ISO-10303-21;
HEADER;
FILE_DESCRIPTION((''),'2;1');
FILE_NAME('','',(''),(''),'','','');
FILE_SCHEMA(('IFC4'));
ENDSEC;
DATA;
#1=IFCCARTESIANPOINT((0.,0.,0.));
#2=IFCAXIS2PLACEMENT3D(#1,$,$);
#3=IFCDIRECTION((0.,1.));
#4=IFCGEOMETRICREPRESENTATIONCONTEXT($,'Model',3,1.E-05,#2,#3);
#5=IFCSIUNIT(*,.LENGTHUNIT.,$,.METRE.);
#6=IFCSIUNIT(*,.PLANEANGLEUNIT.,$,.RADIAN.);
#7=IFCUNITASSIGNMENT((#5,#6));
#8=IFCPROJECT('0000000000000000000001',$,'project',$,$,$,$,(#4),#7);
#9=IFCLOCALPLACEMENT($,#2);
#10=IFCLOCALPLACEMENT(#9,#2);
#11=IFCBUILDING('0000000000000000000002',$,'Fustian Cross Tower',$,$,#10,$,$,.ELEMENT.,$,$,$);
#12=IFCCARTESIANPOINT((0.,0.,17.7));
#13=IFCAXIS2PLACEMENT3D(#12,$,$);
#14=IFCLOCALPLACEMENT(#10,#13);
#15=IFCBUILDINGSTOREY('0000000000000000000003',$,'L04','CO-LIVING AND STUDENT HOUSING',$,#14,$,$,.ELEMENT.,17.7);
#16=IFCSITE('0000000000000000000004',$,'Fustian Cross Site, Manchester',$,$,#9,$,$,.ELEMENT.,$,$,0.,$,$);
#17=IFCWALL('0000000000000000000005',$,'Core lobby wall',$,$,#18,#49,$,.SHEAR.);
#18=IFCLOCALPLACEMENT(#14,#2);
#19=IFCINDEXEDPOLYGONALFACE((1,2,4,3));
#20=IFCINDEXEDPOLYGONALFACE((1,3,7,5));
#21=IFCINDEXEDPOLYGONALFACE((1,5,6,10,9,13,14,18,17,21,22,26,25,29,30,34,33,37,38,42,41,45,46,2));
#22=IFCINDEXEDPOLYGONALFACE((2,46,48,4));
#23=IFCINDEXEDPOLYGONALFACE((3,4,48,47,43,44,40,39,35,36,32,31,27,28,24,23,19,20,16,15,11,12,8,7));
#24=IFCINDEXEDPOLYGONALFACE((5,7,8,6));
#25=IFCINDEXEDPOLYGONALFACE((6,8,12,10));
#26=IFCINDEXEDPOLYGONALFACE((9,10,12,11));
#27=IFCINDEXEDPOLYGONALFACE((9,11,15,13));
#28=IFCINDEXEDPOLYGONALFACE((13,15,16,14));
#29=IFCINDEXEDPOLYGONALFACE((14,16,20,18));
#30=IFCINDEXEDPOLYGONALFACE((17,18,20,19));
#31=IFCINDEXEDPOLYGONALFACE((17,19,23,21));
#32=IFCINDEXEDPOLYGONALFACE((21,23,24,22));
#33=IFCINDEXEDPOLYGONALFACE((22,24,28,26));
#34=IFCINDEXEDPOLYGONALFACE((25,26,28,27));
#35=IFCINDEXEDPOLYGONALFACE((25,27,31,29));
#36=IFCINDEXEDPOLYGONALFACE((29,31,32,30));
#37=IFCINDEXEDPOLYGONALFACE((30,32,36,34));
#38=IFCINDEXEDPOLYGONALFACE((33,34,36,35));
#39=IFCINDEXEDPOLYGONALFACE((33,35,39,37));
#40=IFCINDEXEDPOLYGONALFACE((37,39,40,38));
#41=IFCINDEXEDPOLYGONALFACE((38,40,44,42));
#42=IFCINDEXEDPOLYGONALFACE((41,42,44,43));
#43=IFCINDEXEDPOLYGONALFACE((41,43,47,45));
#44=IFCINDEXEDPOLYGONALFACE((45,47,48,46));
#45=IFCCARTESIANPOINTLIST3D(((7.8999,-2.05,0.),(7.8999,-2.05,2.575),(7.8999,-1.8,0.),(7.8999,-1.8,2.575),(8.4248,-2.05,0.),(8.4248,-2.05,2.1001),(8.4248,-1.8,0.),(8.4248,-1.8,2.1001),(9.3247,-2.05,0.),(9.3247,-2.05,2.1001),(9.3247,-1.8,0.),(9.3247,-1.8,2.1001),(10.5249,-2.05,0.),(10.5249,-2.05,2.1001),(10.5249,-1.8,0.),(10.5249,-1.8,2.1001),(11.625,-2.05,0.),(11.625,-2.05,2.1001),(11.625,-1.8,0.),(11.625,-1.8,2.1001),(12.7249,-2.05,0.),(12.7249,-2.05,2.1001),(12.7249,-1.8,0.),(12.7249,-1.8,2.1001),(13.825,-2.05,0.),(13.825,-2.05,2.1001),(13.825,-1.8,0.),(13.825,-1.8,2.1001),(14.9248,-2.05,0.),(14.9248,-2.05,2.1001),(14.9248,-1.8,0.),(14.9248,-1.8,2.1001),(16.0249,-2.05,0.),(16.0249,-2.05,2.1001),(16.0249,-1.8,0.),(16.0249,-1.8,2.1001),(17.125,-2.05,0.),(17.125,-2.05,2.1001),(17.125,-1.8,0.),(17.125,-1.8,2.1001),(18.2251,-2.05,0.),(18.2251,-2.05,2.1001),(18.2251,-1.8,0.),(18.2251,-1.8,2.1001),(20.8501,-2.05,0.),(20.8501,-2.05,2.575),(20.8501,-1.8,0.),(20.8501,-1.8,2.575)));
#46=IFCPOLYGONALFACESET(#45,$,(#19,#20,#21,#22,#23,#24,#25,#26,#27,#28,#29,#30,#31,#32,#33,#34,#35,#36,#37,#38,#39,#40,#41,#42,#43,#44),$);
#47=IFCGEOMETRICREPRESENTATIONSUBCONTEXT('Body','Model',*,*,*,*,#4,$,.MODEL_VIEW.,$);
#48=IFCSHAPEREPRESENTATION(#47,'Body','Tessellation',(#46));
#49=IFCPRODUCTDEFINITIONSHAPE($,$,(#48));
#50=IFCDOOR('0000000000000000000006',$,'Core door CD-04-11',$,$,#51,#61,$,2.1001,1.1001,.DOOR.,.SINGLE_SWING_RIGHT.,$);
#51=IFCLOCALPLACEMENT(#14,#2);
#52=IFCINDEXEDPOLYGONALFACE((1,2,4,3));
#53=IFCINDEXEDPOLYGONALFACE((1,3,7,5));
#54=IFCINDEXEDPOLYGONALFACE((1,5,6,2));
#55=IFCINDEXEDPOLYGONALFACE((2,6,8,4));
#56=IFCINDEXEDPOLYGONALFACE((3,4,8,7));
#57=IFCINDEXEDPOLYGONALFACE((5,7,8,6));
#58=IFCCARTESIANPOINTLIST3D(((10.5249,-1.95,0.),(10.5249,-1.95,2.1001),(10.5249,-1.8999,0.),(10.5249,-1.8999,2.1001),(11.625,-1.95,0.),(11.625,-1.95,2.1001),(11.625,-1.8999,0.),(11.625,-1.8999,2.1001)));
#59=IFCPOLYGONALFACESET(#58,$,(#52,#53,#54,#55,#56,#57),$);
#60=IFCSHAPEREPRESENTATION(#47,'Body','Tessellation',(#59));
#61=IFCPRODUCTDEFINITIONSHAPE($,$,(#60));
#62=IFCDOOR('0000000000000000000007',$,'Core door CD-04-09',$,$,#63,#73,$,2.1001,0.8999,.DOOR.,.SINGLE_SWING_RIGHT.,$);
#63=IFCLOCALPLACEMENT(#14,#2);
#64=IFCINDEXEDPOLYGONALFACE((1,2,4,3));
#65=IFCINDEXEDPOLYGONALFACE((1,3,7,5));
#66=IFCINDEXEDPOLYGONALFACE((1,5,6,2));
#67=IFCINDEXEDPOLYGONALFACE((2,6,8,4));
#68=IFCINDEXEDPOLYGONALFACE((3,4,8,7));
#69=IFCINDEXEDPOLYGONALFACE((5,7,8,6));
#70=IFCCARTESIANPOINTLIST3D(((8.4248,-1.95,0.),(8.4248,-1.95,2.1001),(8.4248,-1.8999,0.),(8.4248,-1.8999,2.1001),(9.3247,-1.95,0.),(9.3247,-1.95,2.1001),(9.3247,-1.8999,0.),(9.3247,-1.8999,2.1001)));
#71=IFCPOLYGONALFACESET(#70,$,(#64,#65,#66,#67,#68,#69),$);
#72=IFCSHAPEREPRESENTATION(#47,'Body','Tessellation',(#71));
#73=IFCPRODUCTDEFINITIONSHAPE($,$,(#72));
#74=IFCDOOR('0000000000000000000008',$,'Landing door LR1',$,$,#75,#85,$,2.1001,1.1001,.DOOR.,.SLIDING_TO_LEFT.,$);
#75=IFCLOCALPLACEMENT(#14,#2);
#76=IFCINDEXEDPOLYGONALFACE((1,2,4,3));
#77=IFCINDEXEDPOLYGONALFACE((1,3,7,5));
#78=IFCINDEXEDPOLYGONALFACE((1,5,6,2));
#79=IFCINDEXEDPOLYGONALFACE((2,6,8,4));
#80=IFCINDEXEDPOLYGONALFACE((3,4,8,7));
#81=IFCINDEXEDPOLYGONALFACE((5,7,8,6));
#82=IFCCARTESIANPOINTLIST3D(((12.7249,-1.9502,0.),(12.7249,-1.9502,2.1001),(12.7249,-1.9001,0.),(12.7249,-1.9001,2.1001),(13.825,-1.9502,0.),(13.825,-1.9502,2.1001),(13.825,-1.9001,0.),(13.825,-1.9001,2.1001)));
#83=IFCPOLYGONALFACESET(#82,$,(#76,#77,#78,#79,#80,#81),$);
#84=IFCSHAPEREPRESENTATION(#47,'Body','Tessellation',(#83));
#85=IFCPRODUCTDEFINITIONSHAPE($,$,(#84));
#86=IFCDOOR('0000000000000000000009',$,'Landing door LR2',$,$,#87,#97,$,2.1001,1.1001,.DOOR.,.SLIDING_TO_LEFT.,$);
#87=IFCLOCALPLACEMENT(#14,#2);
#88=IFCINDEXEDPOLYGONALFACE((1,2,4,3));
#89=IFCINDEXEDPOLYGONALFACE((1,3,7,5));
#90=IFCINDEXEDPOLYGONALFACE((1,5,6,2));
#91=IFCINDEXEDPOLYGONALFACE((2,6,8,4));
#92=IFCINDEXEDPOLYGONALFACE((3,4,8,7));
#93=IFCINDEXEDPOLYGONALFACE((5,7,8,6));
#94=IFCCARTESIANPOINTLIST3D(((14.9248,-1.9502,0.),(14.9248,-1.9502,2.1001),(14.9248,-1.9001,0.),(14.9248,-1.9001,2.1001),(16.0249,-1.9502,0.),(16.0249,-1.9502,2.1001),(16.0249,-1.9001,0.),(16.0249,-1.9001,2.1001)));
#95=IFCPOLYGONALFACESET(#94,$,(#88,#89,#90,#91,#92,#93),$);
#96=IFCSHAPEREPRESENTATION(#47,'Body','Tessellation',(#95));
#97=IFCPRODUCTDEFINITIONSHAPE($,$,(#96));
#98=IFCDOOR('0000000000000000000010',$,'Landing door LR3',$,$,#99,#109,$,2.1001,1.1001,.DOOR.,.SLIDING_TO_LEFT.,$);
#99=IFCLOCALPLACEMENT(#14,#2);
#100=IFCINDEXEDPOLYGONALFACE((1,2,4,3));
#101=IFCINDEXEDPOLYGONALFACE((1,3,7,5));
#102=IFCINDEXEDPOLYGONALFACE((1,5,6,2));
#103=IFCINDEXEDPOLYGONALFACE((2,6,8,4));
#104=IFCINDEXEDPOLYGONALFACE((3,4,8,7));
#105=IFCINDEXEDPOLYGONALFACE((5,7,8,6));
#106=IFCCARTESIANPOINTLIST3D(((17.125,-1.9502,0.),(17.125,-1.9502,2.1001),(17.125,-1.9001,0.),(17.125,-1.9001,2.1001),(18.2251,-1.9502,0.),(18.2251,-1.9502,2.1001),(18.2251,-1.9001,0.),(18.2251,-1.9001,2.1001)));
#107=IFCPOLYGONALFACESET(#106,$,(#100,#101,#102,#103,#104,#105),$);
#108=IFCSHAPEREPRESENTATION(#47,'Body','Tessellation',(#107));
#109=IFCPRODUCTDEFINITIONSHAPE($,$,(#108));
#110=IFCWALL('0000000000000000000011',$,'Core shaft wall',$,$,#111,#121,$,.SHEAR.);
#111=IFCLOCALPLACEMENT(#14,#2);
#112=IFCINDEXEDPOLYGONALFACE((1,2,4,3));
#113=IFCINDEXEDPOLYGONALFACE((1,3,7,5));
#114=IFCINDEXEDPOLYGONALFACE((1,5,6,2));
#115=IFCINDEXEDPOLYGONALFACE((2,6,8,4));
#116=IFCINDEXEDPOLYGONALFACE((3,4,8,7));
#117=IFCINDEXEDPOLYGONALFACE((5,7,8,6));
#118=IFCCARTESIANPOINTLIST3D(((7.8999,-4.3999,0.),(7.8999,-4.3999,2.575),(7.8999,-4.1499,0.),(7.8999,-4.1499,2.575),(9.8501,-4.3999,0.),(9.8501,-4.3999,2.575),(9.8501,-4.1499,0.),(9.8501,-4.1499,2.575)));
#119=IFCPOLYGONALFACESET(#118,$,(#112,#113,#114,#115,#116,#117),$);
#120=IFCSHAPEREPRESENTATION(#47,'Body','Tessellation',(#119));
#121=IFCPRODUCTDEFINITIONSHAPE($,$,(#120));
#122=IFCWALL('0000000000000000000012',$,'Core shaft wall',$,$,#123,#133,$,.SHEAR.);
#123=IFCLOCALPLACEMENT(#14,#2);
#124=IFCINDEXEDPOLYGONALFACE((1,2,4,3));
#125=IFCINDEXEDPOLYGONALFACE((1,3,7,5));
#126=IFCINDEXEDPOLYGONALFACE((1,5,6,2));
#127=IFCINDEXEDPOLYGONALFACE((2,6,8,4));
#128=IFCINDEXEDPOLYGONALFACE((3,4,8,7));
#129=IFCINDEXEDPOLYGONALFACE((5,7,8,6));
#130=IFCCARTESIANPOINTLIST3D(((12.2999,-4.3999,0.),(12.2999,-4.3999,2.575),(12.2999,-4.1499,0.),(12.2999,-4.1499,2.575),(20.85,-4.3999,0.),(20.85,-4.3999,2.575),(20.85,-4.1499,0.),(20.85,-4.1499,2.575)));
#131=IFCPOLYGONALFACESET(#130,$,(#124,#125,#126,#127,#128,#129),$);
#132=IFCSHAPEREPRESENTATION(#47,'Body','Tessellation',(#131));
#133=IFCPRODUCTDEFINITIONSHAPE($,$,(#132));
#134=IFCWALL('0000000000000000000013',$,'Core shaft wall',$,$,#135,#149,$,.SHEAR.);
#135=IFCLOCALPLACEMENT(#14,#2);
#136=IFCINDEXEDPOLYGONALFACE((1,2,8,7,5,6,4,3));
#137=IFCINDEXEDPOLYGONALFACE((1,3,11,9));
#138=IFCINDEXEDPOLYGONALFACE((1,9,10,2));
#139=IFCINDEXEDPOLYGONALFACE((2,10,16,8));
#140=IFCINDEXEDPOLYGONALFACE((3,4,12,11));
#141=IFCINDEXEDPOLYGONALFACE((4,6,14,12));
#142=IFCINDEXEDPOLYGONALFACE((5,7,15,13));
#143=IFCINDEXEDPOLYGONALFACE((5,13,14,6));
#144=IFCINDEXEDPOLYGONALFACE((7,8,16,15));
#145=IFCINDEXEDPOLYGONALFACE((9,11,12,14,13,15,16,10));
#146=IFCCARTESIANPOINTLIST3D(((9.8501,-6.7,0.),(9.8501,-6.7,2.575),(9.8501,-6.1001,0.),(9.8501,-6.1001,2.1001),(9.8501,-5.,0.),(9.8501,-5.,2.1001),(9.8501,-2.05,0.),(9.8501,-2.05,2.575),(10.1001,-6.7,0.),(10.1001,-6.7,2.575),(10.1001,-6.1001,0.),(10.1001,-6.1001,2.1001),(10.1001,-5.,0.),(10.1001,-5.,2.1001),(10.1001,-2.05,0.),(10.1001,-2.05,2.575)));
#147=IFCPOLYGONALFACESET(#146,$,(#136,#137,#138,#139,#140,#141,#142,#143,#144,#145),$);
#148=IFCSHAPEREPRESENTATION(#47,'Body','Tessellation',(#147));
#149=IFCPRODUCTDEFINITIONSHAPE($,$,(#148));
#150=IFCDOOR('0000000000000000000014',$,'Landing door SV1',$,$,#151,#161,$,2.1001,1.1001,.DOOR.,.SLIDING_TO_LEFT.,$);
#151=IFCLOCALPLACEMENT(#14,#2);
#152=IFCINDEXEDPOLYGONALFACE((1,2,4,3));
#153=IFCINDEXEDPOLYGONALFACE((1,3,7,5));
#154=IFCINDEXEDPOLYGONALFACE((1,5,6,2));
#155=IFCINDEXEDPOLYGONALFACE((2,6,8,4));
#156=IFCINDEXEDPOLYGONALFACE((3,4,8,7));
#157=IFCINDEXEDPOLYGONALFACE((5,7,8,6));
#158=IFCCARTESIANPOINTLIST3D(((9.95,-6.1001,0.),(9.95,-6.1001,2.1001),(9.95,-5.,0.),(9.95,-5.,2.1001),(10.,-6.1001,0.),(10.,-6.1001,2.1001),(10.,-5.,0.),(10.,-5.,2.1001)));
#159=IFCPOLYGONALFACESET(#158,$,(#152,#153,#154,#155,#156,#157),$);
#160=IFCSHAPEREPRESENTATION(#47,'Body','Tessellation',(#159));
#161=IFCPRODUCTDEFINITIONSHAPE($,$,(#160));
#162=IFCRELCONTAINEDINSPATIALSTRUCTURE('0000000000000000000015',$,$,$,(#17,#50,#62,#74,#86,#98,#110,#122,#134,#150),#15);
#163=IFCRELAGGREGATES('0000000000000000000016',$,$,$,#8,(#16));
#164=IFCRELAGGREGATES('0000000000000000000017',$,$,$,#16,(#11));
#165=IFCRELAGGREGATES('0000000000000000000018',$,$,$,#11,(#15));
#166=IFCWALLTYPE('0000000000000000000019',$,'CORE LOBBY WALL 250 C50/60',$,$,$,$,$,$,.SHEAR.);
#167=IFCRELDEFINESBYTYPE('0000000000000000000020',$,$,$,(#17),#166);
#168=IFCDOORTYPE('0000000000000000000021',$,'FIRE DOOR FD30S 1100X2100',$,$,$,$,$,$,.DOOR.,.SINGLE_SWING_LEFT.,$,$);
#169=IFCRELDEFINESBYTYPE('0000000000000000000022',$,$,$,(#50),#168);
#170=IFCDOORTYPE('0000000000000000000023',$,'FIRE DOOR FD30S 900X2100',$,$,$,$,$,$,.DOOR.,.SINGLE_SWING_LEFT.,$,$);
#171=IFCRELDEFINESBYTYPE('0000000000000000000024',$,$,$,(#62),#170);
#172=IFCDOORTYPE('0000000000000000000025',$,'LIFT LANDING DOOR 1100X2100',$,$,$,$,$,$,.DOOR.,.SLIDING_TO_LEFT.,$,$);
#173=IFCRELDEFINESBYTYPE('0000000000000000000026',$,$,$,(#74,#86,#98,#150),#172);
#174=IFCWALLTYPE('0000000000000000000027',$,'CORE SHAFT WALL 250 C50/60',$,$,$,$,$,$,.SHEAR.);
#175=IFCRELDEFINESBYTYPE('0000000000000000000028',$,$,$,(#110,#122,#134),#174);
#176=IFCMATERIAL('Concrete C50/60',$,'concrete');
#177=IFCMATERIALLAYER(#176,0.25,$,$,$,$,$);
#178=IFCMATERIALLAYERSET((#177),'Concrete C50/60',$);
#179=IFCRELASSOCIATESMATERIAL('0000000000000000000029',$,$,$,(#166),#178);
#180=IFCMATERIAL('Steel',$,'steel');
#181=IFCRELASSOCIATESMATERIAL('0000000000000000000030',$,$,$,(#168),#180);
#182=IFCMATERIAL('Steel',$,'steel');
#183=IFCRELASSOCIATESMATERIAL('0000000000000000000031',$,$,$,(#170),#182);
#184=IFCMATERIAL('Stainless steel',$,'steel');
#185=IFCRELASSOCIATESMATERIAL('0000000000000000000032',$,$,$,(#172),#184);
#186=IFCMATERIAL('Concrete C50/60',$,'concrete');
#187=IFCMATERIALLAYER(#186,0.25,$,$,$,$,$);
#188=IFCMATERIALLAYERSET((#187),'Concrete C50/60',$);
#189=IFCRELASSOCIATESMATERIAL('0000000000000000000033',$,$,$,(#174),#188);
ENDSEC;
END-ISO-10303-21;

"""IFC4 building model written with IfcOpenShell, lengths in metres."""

from ifc_helpers import new_model, si_unit, direction, frame, frame_2d, origin, place, context, subcontext, project, spatial, rectangle, extrude, material, layer, layer_set, type_object, element, fill, save


model = new_model("IFC4")

# Units and contexts
model_context = context("Model", 3, precision=1e-05, world=origin(), true_north=direction((0.0, 1.0)))
body_context = subcontext(model_context, "Body", "Model", "MODEL_VIEW")
ifc_project = project(units=[si_unit("LENGTHUNIT", "METRE"), si_unit("PLANEANGLEUNIT", "RADIAN")], contexts=[model_context])

# Site, building, storey
site_placement = place(None, origin())
site = spatial("IfcSite", under=ifc_project, at=site_placement, Name="Fustian Cross Site, Manchester", CompositionType="ELEMENT", RefElevation=0.0)
building_placement = place(site_placement, origin())
building = spatial("IfcBuilding", under=site, at=building_placement, Name="Fustian Cross Tower", CompositionType="ELEMENT")
storey_placement = place(building_placement, frame((0.0, 0.0, 17.7)))
storey = spatial("IfcBuildingStorey", under=building, at=storey_placement, Name="L04", Description="CO-LIVING AND STUDENT HOUSING", CompositionType="ELEMENT", Elevation=17.7)

# Wall, openings, doors
ifc_material_1 = material(Name="Concrete C50/60", Category="concrete")
ifc_layer_1 = layer(ifc_material_1, 0.25)
ifc_layer_set_1 = layer_set([ifc_layer_1], Name="Concrete C50/60")
wall_type_1 = type_object("IfcWallType", Name="CORE LOBBY WALL 250 C50/60", PredefinedType="SHEAR", material=ifc_layer_set_1)
wall_1_placement = place(storey_placement, frame((7.8999, -1.925, 0.0), z_axis=(0.0, 0.0, 1.0), x_axis=(1.0, 0.0, 0.0)))
wall_1 = element("IfcWall", 1, at=wall_1_placement, inside=storey, type_object=wall_type_1, Name="Core lobby wall", PredefinedType="SHEAR", context=body_context, shape_type="SweptSolid", body=[
    extrude(rectangle(XDim=12.9502, YDim=0.25, at=frame_2d((6.4751, 0.0))), origin(), (0.0, 0.0, 1.0), 2.575),
])
opening_1_placement = place(wall_1_placement, frame((4.825, 0.0, 0.0)))
opening_1 = element("IfcOpeningElement", 2, at=opening_1_placement, cuts=wall_1, PredefinedType="OPENING", context=body_context, shape_type="SweptSolid", body=[
    extrude(rectangle(XDim=1.1001, YDim=2.1001, at=frame_2d((0.55, 1.05))), frame((0.0, 0.135, 0.0), z_axis=(0.0, -1.0, 0.0), x_axis=(1.0, 0.0, 0.0)), (0.0, 0.0, 1.0), 0.27),
])
opening_2_placement = place(wall_1_placement, frame((7.0249, 0.0, 0.0)))
opening_2 = element("IfcOpeningElement", 3, at=opening_2_placement, cuts=wall_1, PredefinedType="OPENING", context=body_context, shape_type="SweptSolid", body=[
    extrude(rectangle(XDim=1.1001, YDim=2.1001, at=frame_2d((0.55, 1.05))), frame((0.0, 0.135, 0.0), z_axis=(0.0, -1.0, 0.0), x_axis=(1.0, 0.0, 0.0)), (0.0, 0.0, 1.0), 0.27),
])
opening_3_placement = place(wall_1_placement, frame((9.2251, 0.0, 0.0)))
opening_3 = element("IfcOpeningElement", 4, at=opening_3_placement, cuts=wall_1, PredefinedType="OPENING", context=body_context, shape_type="SweptSolid", body=[
    extrude(rectangle(XDim=1.1001, YDim=2.1001, at=frame_2d((0.55, 1.05))), frame((0.0, 0.135, 0.0), z_axis=(0.0, -1.0, 0.0), x_axis=(1.0, 0.0, 0.0)), (0.0, 0.0, 1.0), 0.27),
])
opening_4_placement = place(wall_1_placement, frame((0.5249, 0.0, 0.0)))
opening_4 = element("IfcOpeningElement", 5, at=opening_4_placement, cuts=wall_1, PredefinedType="OPENING", context=body_context, shape_type="SweptSolid", body=[
    extrude(rectangle(XDim=0.8999, YDim=2.1001, at=frame_2d((0.45, 1.05))), frame((0.0, 0.135, 0.0), z_axis=(0.0, -1.0, 0.0), x_axis=(1.0, 0.0, 0.0)), (0.0, 0.0, 1.0), 0.27),
])
opening_5_placement = place(wall_1_placement, frame((2.625, 0.0, 0.0)))
opening_5 = element("IfcOpeningElement", 6, at=opening_5_placement, cuts=wall_1, PredefinedType="OPENING", context=body_context, shape_type="SweptSolid", body=[
    extrude(rectangle(XDim=1.1001, YDim=2.1001, at=frame_2d((0.55, 1.05))), frame((0.0, 0.135, 0.0), z_axis=(0.0, -1.0, 0.0), x_axis=(1.0, 0.0, 0.0)), (0.0, 0.0, 1.0), 0.27),
])
ifc_material_2 = material(Name="Steel", Category="steel")
door_type_1 = type_object("IfcDoorType", Name="FIRE DOOR FD30S 1100X2100", OperationType="SINGLE_SWING_LEFT", PredefinedType="DOOR", material=ifc_material_2)
door_1_placement = place(opening_5_placement, frame((1.1001, 0.0, 0.0), z_axis=(0.0, 0.0, 1.0), x_axis=(-1.0, 0.0, 0.0)))
door_1 = element("IfcDoor", 7, at=door_1_placement, inside=storey, type_object=door_type_1, Name="Core door CD-04-11", OperationType="SINGLE_SWING_RIGHT", OverallHeight=2.1001, OverallWidth=1.1001, PredefinedType="DOOR", context=body_context, shape_type="SweptSolid", body=[
    extrude(rectangle(XDim=1.1001, YDim=2.1001, at=frame_2d((0.55, 1.05))), frame((0.0, 0.0249, 0.0), z_axis=(0.0, -1.0, 0.0), x_axis=(1.0, 0.0, 0.0)), (0.0, 0.0, 1.0), 0.05),
])
fill(opening_5, door_1)
ifc_material_3 = material(Name="Steel", Category="steel")
door_type_2 = type_object("IfcDoorType", Name="FIRE DOOR FD30S 900X2100", OperationType="SINGLE_SWING_LEFT", PredefinedType="DOOR", material=ifc_material_3)
door_2_placement = place(opening_4_placement, frame((0.8999, 0.0, 0.0), z_axis=(0.0, 0.0, 1.0), x_axis=(-1.0, 0.0, 0.0)))
door_2 = element("IfcDoor", 8, at=door_2_placement, inside=storey, type_object=door_type_2, Name="Core door CD-04-09", OperationType="SINGLE_SWING_RIGHT", OverallHeight=2.1001, OverallWidth=0.8999, PredefinedType="DOOR", context=body_context, shape_type="SweptSolid", body=[
    extrude(rectangle(XDim=0.8999, YDim=2.1001, at=frame_2d((0.45, 1.05))), frame((0.0, 0.0249, 0.0), z_axis=(0.0, -1.0, 0.0), x_axis=(1.0, 0.0, 0.0)), (0.0, 0.0, 1.0), 0.05),
])
fill(opening_4, door_2)
ifc_material_4 = material(Name="Stainless steel", Category="steel")
door_type_3 = type_object("IfcDoorType", Name="LIFT LANDING DOOR 1100X2100", OperationType="SLIDING_TO_LEFT", PredefinedType="DOOR", material=ifc_material_4)
door_3_placement = place(opening_1_placement, origin())
door_3 = element("IfcDoor", 9, at=door_3_placement, inside=storey, type_object=door_type_3, Name="Landing door LR1", OperationType="SLIDING_TO_LEFT", OverallHeight=2.1001, OverallWidth=1.1001, PredefinedType="DOOR", context=body_context, shape_type="SweptSolid", body=[
    extrude(rectangle(XDim=1.1001, YDim=2.1001, at=frame_2d((0.55, 1.05))), frame((0.0, 0.0249, 0.0), z_axis=(0.0, -1.0, 0.0), x_axis=(1.0, 0.0, 0.0)), (0.0, 0.0, 1.0), 0.05),
])
fill(opening_1, door_3)
door_4_placement = place(opening_2_placement, origin())
door_4 = element("IfcDoor", 10, at=door_4_placement, inside=storey, type_object=door_type_3, Name="Landing door LR2", OperationType="SLIDING_TO_LEFT", OverallHeight=2.1001, OverallWidth=1.1001, PredefinedType="DOOR", context=body_context, shape_type="SweptSolid", body=[
    extrude(rectangle(XDim=1.1001, YDim=2.1001, at=frame_2d((0.55, 1.05))), frame((0.0, 0.0249, 0.0), z_axis=(0.0, -1.0, 0.0), x_axis=(1.0, 0.0, 0.0)), (0.0, 0.0, 1.0), 0.05),
])
fill(opening_2, door_4)
door_5_placement = place(opening_3_placement, origin())
door_5 = element("IfcDoor", 11, at=door_5_placement, inside=storey, type_object=door_type_3, Name="Landing door LR3", OperationType="SLIDING_TO_LEFT", OverallHeight=2.1001, OverallWidth=1.1001, PredefinedType="DOOR", context=body_context, shape_type="SweptSolid", body=[
    extrude(rectangle(XDim=1.1001, YDim=2.1001, at=frame_2d((0.55, 1.05))), frame((0.0, 0.0249, 0.0), z_axis=(0.0, -1.0, 0.0), x_axis=(1.0, 0.0, 0.0)), (0.0, 0.0, 1.0), 0.05),
])
fill(opening_3, door_5)

# Walls
ifc_material_5 = material(Name="Concrete C50/60", Category="concrete")
ifc_layer_2 = layer(ifc_material_5, 0.25)
ifc_layer_set_2 = layer_set([ifc_layer_2], Name="Concrete C50/60")
wall_type_2 = type_object("IfcWallType", Name="CORE SHAFT WALL 250 C50/60", PredefinedType="SHEAR", material=ifc_layer_set_2)
wall_2_placement = place(storey_placement, frame((7.8999, -4.2749, 0.0), z_axis=(0.0, 0.0, 1.0), x_axis=(1.0, 0.0, 0.0)))
element("IfcWall", 12, at=wall_2_placement, inside=storey, type_object=wall_type_2, Name="Core shaft wall", PredefinedType="SHEAR", context=body_context, shape_type="SweptSolid", body=[
    extrude(rectangle(XDim=1.9502, YDim=0.25, at=frame_2d((0.9751, 0.0))), origin(), (0.0, 0.0, 1.0), 2.575),
])
wall_3_placement = place(storey_placement, frame((12.3, -4.2749, 0.0), z_axis=(0.0, 0.0, 1.0), x_axis=(1.0, 0.0, 0.0)))
element("IfcWall", 13, at=wall_3_placement, inside=storey, type_object=wall_type_2, Name="Core shaft wall", PredefinedType="SHEAR", context=body_context, shape_type="SweptSolid", body=[
    extrude(rectangle(XDim=8.55, YDim=0.25, at=frame_2d((4.2749, 0.0))), origin(), (0.0, 0.0, 1.0), 2.575),
])

# Wall, opening, door
wall_4_placement = place(storey_placement, frame((9.9751, -2.05, 0.0), z_axis=(0.0, 0.0, 1.0), x_axis=(0.0, -1.0, 0.0)))
wall_4 = element("IfcWall", 14, at=wall_4_placement, inside=storey, type_object=wall_type_2, Name="Core shaft wall", PredefinedType="SHEAR", context=body_context, shape_type="SweptSolid", body=[
    extrude(rectangle(XDim=4.6499, YDim=0.25, at=frame_2d((2.325, 0.0))), origin(), (0.0, 0.0, 1.0), 2.575),
])
opening_6_placement = place(wall_4_placement, frame((2.95, 0.0, 0.0)))
opening_6 = element("IfcOpeningElement", 15, at=opening_6_placement, cuts=wall_4, PredefinedType="OPENING", context=body_context, shape_type="SweptSolid", body=[
    extrude(rectangle(XDim=1.1001, YDim=2.1001, at=frame_2d((0.55, 1.05))), frame((0.0, 0.135, 0.0), z_axis=(0.0, -1.0, 0.0), x_axis=(1.0, 0.0, 0.0)), (0.0, 0.0, 1.0), 0.27),
])
door_6_placement = place(opening_6_placement, origin())
door_6 = element("IfcDoor", 16, at=door_6_placement, inside=storey, type_object=door_type_3, Name="Landing door SV1", OperationType="SLIDING_TO_LEFT", OverallHeight=2.1001, OverallWidth=1.1001, PredefinedType="DOOR", context=body_context, shape_type="SweptSolid", body=[
    extrude(rectangle(XDim=1.1001, YDim=2.1001, at=frame_2d((0.55, 1.05))), frame((0.0, 0.0249, 0.0), z_axis=(0.0, -1.0, 0.0), x_axis=(1.0, 0.0, 0.0)), (0.0, 0.0, 1.0), 0.05),
])
fill(opening_6, door_6)

save(model, "model.ifc")
